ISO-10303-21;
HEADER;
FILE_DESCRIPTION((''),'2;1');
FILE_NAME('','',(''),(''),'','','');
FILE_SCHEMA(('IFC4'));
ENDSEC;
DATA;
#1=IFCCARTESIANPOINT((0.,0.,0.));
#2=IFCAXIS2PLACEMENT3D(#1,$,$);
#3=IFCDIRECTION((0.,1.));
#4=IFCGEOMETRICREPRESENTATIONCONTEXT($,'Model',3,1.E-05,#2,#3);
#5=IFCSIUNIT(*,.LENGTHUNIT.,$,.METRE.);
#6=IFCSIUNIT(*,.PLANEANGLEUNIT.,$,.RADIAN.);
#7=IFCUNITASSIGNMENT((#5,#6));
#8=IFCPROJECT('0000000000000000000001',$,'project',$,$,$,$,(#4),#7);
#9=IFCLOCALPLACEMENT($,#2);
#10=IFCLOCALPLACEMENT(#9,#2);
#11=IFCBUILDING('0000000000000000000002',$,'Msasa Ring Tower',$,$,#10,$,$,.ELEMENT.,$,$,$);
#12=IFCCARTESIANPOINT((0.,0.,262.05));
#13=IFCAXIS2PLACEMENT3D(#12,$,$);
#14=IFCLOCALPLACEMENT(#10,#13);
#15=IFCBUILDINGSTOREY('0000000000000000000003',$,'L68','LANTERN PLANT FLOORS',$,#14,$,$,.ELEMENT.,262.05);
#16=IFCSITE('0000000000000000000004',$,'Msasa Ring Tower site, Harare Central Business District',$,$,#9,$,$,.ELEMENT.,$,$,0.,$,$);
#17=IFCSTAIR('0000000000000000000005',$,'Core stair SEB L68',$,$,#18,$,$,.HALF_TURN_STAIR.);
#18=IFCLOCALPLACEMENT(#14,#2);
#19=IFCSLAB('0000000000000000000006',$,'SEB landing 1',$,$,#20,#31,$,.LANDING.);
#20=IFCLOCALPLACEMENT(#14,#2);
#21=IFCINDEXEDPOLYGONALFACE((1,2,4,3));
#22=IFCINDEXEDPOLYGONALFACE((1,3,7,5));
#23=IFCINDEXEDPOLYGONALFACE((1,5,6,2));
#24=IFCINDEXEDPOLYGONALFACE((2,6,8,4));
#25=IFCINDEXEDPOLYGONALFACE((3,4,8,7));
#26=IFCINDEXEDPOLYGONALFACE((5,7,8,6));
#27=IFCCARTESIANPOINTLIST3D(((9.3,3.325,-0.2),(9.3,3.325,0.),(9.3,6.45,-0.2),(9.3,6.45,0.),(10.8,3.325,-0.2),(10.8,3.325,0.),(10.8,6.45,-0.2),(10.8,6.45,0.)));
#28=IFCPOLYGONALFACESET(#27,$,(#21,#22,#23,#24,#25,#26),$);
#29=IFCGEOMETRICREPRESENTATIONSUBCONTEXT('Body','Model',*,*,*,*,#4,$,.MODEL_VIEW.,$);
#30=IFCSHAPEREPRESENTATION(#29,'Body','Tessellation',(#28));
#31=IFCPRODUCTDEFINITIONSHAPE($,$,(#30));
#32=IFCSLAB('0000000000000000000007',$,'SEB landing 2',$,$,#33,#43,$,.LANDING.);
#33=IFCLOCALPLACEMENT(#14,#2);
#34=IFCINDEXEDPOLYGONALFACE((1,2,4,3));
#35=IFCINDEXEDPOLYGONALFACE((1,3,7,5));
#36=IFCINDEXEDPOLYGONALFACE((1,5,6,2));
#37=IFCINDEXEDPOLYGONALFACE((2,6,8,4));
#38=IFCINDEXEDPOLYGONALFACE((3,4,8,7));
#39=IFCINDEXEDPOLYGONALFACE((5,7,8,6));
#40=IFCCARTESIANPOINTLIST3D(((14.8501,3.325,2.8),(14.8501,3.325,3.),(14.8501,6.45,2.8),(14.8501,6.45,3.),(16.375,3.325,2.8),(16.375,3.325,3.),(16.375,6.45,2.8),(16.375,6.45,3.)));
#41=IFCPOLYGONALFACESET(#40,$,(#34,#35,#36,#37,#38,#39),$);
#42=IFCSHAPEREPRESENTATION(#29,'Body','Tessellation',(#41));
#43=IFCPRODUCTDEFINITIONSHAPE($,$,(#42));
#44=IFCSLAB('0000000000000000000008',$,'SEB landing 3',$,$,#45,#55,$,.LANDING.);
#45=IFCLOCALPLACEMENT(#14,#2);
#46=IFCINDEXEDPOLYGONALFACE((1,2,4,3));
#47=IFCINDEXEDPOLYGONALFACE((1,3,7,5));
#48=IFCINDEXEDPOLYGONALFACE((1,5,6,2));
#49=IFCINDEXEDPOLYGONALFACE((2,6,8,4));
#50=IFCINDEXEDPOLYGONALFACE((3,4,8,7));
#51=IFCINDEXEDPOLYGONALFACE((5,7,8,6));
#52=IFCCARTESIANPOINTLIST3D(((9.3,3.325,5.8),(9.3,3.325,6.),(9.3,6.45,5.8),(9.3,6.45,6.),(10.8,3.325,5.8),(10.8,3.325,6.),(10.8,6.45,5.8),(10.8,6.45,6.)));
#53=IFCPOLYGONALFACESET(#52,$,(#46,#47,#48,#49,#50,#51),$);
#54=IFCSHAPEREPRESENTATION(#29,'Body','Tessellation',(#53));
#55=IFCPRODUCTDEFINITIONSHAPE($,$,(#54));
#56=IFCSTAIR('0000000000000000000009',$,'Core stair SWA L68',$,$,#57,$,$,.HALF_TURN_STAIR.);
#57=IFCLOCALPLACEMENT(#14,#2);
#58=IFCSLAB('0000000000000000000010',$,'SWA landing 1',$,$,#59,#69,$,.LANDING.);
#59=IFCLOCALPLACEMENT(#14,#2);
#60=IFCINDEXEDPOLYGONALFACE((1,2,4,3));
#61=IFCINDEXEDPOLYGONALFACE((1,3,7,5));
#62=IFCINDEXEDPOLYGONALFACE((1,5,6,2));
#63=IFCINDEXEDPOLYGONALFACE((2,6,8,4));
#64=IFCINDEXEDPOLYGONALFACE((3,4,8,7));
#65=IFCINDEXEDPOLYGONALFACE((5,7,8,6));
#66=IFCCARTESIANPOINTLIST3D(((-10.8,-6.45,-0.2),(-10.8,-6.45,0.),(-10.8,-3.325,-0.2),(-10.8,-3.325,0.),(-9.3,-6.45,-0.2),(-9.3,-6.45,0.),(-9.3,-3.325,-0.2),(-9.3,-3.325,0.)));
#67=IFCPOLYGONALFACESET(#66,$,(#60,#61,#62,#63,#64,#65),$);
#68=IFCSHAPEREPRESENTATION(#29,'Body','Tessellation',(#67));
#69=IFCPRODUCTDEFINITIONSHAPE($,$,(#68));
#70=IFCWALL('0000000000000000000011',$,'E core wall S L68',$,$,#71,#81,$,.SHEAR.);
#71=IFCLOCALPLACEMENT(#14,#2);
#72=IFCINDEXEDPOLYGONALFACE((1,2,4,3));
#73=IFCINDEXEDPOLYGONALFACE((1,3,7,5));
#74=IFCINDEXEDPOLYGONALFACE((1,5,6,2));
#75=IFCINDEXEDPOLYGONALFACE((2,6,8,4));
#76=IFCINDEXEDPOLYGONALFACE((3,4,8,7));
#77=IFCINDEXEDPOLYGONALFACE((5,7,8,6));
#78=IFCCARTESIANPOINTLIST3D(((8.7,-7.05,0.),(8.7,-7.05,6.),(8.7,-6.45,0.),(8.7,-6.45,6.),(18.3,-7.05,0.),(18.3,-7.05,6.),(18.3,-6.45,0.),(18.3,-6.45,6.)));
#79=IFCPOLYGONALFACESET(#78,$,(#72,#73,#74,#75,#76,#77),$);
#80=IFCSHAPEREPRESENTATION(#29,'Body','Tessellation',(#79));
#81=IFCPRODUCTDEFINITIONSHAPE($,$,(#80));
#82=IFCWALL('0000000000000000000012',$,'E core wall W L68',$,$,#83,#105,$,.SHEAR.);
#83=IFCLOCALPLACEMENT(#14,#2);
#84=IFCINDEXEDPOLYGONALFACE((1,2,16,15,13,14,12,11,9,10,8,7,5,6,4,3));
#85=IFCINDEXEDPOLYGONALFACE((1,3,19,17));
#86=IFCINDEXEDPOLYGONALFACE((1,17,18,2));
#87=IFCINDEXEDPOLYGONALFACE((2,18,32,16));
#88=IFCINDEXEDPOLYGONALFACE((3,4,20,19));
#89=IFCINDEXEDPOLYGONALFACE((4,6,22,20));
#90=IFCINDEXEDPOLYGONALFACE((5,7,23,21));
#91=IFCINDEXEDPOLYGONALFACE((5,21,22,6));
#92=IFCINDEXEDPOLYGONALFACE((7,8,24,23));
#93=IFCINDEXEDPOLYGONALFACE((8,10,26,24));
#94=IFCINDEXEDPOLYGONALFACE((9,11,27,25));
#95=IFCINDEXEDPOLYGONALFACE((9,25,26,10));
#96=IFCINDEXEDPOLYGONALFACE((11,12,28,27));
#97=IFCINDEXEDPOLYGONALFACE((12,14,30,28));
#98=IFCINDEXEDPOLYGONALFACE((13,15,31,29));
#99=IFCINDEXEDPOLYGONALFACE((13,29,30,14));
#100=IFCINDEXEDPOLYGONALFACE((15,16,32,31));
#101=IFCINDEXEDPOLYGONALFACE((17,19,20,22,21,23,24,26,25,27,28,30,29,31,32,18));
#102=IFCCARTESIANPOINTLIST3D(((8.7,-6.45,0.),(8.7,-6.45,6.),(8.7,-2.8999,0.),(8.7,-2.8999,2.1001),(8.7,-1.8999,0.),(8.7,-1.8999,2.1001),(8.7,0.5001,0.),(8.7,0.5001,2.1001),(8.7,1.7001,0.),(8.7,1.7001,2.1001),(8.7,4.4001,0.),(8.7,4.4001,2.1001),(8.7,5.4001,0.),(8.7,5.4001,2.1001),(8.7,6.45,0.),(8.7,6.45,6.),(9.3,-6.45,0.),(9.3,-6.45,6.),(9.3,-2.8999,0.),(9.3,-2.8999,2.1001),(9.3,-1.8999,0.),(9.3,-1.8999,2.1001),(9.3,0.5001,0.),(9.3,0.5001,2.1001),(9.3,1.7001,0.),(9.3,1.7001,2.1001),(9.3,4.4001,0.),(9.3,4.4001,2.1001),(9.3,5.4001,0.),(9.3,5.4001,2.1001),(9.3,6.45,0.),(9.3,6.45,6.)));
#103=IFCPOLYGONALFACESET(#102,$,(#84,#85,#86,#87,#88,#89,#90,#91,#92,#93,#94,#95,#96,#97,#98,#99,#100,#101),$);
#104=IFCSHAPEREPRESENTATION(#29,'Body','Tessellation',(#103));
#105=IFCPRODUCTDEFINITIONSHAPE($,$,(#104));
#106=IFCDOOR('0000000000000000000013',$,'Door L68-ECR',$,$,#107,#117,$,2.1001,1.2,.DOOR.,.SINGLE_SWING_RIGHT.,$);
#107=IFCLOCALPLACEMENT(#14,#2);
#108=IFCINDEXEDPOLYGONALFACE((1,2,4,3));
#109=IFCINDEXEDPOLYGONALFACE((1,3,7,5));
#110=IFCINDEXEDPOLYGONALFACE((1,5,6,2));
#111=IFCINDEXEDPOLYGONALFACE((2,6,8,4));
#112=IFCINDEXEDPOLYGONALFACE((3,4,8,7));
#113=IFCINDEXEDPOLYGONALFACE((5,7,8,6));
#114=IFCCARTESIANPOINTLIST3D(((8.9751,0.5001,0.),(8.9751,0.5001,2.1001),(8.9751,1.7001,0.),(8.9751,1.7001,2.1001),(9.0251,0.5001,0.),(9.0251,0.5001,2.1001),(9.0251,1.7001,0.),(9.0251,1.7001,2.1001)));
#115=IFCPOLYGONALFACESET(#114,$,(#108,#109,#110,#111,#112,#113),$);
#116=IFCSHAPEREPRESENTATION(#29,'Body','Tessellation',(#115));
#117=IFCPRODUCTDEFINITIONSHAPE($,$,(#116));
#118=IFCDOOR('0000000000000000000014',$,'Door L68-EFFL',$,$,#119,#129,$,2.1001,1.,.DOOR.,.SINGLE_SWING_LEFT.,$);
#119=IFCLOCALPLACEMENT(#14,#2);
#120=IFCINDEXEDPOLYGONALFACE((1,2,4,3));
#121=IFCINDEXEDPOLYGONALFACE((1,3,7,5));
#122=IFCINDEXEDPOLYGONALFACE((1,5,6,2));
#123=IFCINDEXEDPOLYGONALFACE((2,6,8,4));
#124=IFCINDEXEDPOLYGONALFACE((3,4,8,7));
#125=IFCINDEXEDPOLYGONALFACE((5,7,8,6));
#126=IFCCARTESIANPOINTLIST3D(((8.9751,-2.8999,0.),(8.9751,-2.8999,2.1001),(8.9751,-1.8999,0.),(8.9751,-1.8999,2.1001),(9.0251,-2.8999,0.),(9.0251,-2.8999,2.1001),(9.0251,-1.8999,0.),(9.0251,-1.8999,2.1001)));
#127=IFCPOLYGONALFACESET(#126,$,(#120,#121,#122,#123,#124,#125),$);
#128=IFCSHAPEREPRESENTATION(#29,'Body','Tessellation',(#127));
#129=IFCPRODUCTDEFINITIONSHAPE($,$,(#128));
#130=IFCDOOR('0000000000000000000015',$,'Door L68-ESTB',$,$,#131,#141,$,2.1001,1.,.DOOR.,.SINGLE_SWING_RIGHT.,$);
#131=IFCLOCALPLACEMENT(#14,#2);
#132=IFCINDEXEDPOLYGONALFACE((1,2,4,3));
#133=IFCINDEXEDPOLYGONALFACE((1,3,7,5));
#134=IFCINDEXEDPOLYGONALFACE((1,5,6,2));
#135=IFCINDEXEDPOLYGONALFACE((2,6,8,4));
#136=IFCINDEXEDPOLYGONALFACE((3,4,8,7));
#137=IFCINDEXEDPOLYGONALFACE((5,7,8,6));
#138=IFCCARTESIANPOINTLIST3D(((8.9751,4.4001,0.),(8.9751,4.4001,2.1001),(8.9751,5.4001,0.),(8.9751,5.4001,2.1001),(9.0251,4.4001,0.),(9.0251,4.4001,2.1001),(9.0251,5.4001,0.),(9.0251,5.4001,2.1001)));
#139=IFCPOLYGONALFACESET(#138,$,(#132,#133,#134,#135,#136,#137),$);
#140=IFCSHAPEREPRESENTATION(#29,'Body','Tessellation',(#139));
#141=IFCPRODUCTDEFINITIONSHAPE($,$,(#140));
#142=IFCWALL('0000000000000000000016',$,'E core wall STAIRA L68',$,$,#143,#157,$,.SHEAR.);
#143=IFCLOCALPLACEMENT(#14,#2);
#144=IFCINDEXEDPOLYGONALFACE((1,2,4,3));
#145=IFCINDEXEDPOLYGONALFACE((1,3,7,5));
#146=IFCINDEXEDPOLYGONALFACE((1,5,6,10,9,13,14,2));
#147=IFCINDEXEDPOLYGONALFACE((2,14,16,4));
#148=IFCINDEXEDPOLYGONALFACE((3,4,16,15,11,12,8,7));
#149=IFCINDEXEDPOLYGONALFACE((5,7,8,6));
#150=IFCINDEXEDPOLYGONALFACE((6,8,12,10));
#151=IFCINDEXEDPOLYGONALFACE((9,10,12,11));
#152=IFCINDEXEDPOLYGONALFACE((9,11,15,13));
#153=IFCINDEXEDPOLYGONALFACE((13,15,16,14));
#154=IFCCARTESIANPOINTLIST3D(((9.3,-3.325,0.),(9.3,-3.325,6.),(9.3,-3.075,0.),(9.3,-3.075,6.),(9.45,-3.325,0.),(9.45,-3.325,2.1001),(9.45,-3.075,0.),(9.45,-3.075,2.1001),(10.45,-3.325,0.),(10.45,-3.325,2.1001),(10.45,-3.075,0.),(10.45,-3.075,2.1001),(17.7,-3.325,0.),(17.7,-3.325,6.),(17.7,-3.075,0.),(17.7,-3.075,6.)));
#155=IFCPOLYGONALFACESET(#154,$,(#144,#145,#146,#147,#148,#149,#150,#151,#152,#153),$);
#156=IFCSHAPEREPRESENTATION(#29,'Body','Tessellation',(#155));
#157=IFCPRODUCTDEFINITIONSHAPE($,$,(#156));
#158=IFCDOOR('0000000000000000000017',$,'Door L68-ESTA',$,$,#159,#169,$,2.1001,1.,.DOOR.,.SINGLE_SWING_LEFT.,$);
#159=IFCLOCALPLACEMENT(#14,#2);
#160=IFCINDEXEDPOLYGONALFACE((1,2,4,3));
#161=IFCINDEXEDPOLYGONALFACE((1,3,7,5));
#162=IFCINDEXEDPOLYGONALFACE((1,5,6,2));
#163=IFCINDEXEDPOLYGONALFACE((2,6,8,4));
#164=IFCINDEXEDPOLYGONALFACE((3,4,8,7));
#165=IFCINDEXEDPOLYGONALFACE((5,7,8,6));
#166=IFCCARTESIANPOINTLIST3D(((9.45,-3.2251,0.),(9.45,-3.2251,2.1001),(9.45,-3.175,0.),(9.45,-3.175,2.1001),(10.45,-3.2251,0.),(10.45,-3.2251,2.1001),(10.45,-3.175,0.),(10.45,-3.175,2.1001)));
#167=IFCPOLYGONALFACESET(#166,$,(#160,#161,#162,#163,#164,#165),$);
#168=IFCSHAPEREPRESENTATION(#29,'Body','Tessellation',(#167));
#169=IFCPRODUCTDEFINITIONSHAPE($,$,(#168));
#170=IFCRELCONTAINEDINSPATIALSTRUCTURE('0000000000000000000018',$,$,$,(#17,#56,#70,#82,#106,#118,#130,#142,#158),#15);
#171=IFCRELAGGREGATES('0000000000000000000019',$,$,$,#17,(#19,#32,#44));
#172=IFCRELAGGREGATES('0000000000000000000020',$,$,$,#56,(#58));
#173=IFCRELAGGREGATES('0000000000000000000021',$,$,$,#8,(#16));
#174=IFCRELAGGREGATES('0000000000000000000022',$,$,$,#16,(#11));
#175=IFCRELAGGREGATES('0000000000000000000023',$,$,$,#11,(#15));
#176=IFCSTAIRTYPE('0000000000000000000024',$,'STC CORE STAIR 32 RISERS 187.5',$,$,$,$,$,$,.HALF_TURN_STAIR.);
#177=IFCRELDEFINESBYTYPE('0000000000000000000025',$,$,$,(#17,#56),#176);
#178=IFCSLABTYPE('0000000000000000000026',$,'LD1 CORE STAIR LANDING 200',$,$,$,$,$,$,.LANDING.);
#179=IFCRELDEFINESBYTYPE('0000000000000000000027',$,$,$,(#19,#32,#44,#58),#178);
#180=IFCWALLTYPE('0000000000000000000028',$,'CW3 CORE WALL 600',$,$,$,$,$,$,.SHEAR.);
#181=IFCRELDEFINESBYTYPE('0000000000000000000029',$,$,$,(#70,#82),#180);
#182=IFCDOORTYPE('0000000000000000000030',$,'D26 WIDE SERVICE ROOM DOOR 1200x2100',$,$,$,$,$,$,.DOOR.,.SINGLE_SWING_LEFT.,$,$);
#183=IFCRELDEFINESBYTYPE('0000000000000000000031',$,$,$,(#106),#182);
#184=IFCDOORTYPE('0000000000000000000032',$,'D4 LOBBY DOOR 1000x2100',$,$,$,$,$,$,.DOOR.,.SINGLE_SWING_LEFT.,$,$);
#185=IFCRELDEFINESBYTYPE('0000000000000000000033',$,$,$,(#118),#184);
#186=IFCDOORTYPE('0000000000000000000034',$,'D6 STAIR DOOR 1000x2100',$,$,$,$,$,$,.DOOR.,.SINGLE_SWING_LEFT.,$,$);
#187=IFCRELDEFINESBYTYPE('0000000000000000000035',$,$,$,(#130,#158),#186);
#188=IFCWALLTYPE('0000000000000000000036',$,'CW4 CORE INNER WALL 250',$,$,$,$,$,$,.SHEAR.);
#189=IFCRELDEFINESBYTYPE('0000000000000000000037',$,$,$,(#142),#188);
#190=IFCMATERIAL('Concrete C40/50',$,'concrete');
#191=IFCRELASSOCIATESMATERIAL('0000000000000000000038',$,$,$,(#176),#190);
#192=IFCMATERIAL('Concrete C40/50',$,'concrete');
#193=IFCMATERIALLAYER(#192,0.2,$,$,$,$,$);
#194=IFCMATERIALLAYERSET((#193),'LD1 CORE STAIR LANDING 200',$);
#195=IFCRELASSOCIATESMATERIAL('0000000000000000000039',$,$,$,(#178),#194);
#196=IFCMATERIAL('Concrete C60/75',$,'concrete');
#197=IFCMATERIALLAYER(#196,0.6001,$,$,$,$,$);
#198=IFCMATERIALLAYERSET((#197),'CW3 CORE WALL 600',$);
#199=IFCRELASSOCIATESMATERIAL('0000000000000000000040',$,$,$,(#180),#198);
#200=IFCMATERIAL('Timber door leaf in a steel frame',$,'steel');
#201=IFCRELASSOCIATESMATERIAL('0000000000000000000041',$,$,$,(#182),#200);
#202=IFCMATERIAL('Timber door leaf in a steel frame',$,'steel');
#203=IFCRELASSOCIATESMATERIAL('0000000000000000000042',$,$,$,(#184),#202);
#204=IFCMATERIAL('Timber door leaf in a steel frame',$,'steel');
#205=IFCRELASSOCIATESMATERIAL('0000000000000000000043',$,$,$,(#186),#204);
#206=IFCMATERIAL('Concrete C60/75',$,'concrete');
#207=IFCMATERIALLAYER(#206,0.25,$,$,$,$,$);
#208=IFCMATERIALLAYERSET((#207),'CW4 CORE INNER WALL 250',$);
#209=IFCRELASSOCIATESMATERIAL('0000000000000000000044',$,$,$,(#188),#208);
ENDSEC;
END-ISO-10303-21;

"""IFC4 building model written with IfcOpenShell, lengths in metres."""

from ifc_helpers import new_model, si_unit, direction, frame, frame_2d, origin, place, context, subcontext, project, spatial, polyline, rectangle, outline, extrude, material, layer, layer_set, type_object, element, fill, aggregate, save


model = new_model("IFC4")

# Units and contexts
model_context = context("Model", 3, precision=1e-05, world=origin(), true_north=direction((0.0, 1.0)))
body_context = subcontext(model_context, "Body", "Model", "MODEL_VIEW")
ifc_project = project(units=[si_unit("LENGTHUNIT", "METRE"), si_unit("PLANEANGLEUNIT", "RADIAN")], contexts=[model_context])

# Site, building, storey
site_placement = place(None, origin())
site = spatial("IfcSite", under=ifc_project, at=site_placement, Name="Msasa Ring Tower site, Harare Central Business District", CompositionType="ELEMENT", RefElevation=0.0)
building_placement = place(site_placement, origin())
building = spatial("IfcBuilding", under=site, at=building_placement, Name="Msasa Ring Tower", CompositionType="ELEMENT")
storey_placement = place(building_placement, frame((0.0, 0.0, 262.05)))
storey = spatial("IfcBuildingStorey", under=building, at=storey_placement, Name="L68", Description="LANTERN PLANT FLOORS", CompositionType="ELEMENT", Elevation=262.05)

# Shared definitions
ifc_material_1 = material(Name="Concrete C40/50", Category="concrete")
stair_type = type_object("IfcStairType", Name="STC CORE STAIR 32 RISERS 187.5", PredefinedType="HALF_TURN_STAIR", material=ifc_material_1)
ifc_material_2 = material(Name="Concrete C40/50", Category="concrete")
ifc_layer_1 = layer(ifc_material_2, 0.2)
ifc_layer_set_1 = layer_set([ifc_layer_1], Name="LD1 CORE STAIR LANDING 200")
slab_type = type_object("IfcSlabType", Name="LD1 CORE STAIR LANDING 200", PredefinedType="LANDING", material=ifc_layer_set_1)

# Stair, slabs
stair_1_placement = place(storey_placement, origin())
stair_1 = element("IfcStair", 1, at=stair_1_placement, inside=storey, type_object=stair_type, Name="Core stair SEB L68", PredefinedType="HALF_TURN_STAIR")
slab_1_placement = place(storey_placement, frame((0.0, 0.0, -0.2)))
slab_1 = element("IfcSlab", 2, at=slab_1_placement, type_object=slab_type, Name="SEB landing 1", PredefinedType="LANDING", context=body_context, shape_type="SweptSolid", body=[
    extrude(outline(polyline([(9.3, 3.325), (10.8, 3.325), (10.8, 6.45), (9.3, 6.45), (9.3, 3.325)])), origin(), (0.0, 0.0, 1.0), 0.2),
])
slab_2_placement = place(storey_placement, frame((0.0, 0.0, 2.8)))
slab_2 = element("IfcSlab", 3, at=slab_2_placement, type_object=slab_type, Name="SEB landing 2", PredefinedType="LANDING", context=body_context, shape_type="SweptSolid", body=[
    extrude(outline(polyline([(14.8501, 3.325), (16.375, 3.325), (16.375, 6.45), (14.8501, 6.45), (14.8501, 3.325)])), origin(), (0.0, 0.0, 1.0), 0.2),
])
slab_3_placement = place(storey_placement, frame((0.0, 0.0, 5.8)))
slab_3 = element("IfcSlab", 4, at=slab_3_placement, type_object=slab_type, Name="SEB landing 3", PredefinedType="LANDING", context=body_context, shape_type="SweptSolid", body=[
    extrude(outline(polyline([(9.3, 3.325), (10.8, 3.325), (10.8, 6.45), (9.3, 6.45), (9.3, 3.325)])), origin(), (0.0, 0.0, 1.0), 0.2),
])
aggregate(stair_1, [slab_1, slab_2, slab_3])

# Stair, slab
stair_2_placement = place(storey_placement, origin())
stair_2 = element("IfcStair", 5, at=stair_2_placement, inside=storey, type_object=stair_type, Name="Core stair SWA L68", PredefinedType="HALF_TURN_STAIR")
slab_4_placement = place(storey_placement, frame((0.0, 0.0, -0.2)))
slab_4 = element("IfcSlab", 6, at=slab_4_placement, type_object=slab_type, Name="SWA landing 1", PredefinedType="LANDING", context=body_context, shape_type="SweptSolid", body=[
    extrude(outline(polyline([(-10.8, -6.45), (-9.3, -6.45), (-9.3, -3.325), (-10.8, -3.325), (-10.8, -6.45)])), origin(), (0.0, 0.0, 1.0), 0.2),
])
aggregate(stair_2, [slab_4])

# Wall
ifc_material_3 = material(Name="Concrete C60/75", Category="concrete")
ifc_layer_2 = layer(ifc_material_3, 0.6001)
ifc_layer_set_2 = layer_set([ifc_layer_2], Name="CW3 CORE WALL 600")
wall_type_1 = type_object("IfcWallType", Name="CW3 CORE WALL 600", PredefinedType="SHEAR", material=ifc_layer_set_2)
wall_1_placement = place(storey_placement, frame((8.7, -6.75, 0.0), z_axis=(0.0, 0.0, 1.0), x_axis=(1.0, 0.0, 0.0)))
element("IfcWall", 7, at=wall_1_placement, inside=storey, type_object=wall_type_1, Name="E core wall S L68", PredefinedType="SHEAR", context=body_context, shape_type="SweptSolid", body=[
    extrude(rectangle(XDim=9.6001, YDim=0.6001, at=frame_2d((4.8, 0.0))), origin(), (0.0, 0.0, 1.0), 6.0),
])

# Wall, openings, doors
wall_2_placement = place(storey_placement, frame((9.0, -6.45, 0.0), z_axis=(0.0, 0.0, 1.0), x_axis=(0.0, 1.0, 0.0)))
wall_2 = element("IfcWall", 8, at=wall_2_placement, inside=storey, type_object=wall_type_1, Name="E core wall W L68", PredefinedType="SHEAR", context=body_context, shape_type="SweptSolid", body=[
    extrude(rectangle(XDim=12.8999, YDim=0.6001, at=frame_2d((6.45, 0.0))), origin(), (0.0, 0.0, 1.0), 6.0),
])
opening_1_placement = place(wall_2_placement, frame((3.55, 0.0, 0.0)))
opening_1 = element("IfcOpeningElement", 9, at=opening_1_placement, cuts=wall_2, PredefinedType="OPENING", context=body_context, shape_type="SweptSolid", body=[
    extrude(rectangle(XDim=1.0, YDim=2.1001, at=frame_2d((0.5, 1.05))), frame((0.0, 0.3101, 0.0), z_axis=(0.0, -1.0, 0.0), x_axis=(1.0, 0.0, 0.0)), (0.0, 0.0, 1.0), 0.6201),
])
opening_2_placement = place(wall_2_placement, frame((6.95, 0.0, 0.0)))
opening_2 = element("IfcOpeningElement", 10, at=opening_2_placement, cuts=wall_2, PredefinedType="OPENING", context=body_context, shape_type="SweptSolid", body=[
    extrude(rectangle(XDim=1.2, YDim=2.1001, at=frame_2d((0.6001, 1.05))), frame((0.0, 0.3101, 0.0), z_axis=(0.0, -1.0, 0.0), x_axis=(1.0, 0.0, 0.0)), (0.0, 0.0, 1.0), 0.6201),
])
opening_3_placement = place(wall_2_placement, frame((10.8501, 0.0, 0.0)))
opening_3 = element("IfcOpeningElement", 11, at=opening_3_placement, cuts=wall_2, PredefinedType="OPENING", context=body_context, shape_type="SweptSolid", body=[
    extrude(rectangle(XDim=1.0, YDim=2.1001, at=frame_2d((0.5, 1.05))), frame((0.0, 0.3101, 0.0), z_axis=(0.0, -1.0, 0.0), x_axis=(1.0, 0.0, 0.0)), (0.0, 0.0, 1.0), 0.6201),
])
ifc_material_4 = material(Name="Timber door leaf in a steel frame", Category="steel")
door_type_1 = type_object("IfcDoorType", Name="D26 WIDE SERVICE ROOM DOOR 1200x2100", OperationType="SINGLE_SWING_LEFT", PredefinedType="DOOR", material=ifc_material_4)
door_1_placement = place(opening_2_placement, origin())
door_1 = element("IfcDoor", 12, at=door_1_placement, inside=storey, type_object=door_type_1, Name="Door L68-ECR", OperationType="SINGLE_SWING_RIGHT", OverallHeight=2.1001, OverallWidth=1.2, PredefinedType="DOOR", context=body_context, shape_type="SweptSolid", body=[
    extrude(rectangle(XDim=1.2, YDim=2.1001, at=frame_2d((0.6001, 1.05))), frame((0.0, 0.0249, 0.0), z_axis=(0.0, -1.0, 0.0), x_axis=(1.0, 0.0, 0.0)), (0.0, 0.0, 1.0), 0.05),
])
fill(opening_2, door_1)
ifc_material_5 = material(Name="Timber door leaf in a steel frame", Category="steel")
door_type_2 = type_object("IfcDoorType", Name="D4 LOBBY DOOR 1000x2100", OperationType="SINGLE_SWING_LEFT", PredefinedType="DOOR", material=ifc_material_5)
door_2_placement = place(opening_1_placement, origin())
door_2 = element("IfcDoor", 13, at=door_2_placement, inside=storey, type_object=door_type_2, Name="Door L68-EFFL", OperationType="SINGLE_SWING_LEFT", OverallHeight=2.1001, OverallWidth=1.0, PredefinedType="DOOR", context=body_context, shape_type="SweptSolid", body=[
    extrude(rectangle(XDim=1.0, YDim=2.1001, at=frame_2d((0.5, 1.05))), frame((0.0, 0.0249, 0.0), z_axis=(0.0, -1.0, 0.0), x_axis=(1.0, 0.0, 0.0)), (0.0, 0.0, 1.0), 0.05),
])
fill(opening_1, door_2)
ifc_material_6 = material(Name="Timber door leaf in a steel frame", Category="steel")
door_type_3 = type_object("IfcDoorType", Name="D6 STAIR DOOR 1000x2100", OperationType="SINGLE_SWING_LEFT", PredefinedType="DOOR", material=ifc_material_6)
door_3_placement = place(opening_3_placement, origin())
door_3 = element("IfcDoor", 14, at=door_3_placement, inside=storey, type_object=door_type_3, Name="Door L68-ESTB", OperationType="SINGLE_SWING_RIGHT", OverallHeight=2.1001, OverallWidth=1.0, PredefinedType="DOOR", context=body_context, shape_type="SweptSolid", body=[
    extrude(rectangle(XDim=1.0, YDim=2.1001, at=frame_2d((0.5, 1.05))), frame((0.0, 0.0249, 0.0), z_axis=(0.0, -1.0, 0.0), x_axis=(1.0, 0.0, 0.0)), (0.0, 0.0, 1.0), 0.05),
])
fill(opening_3, door_3)

# Wall, opening, door
ifc_material_7 = material(Name="Concrete C60/75", Category="concrete")
ifc_layer_3 = layer(ifc_material_7, 0.25)
ifc_layer_set_3 = layer_set([ifc_layer_3], Name="CW4 CORE INNER WALL 250")
wall_type_2 = type_object("IfcWallType", Name="CW4 CORE INNER WALL 250", PredefinedType="SHEAR", material=ifc_layer_set_3)
wall_3_placement = place(storey_placement, frame((9.3, -3.2, 0.0), z_axis=(0.0, 0.0, 1.0), x_axis=(1.0, 0.0, 0.0)))
wall_3 = element("IfcWall", 15, at=wall_3_placement, inside=storey, type_object=wall_type_2, Name="E core wall STAIRA L68", PredefinedType="SHEAR", context=body_context, shape_type="SweptSolid", body=[
    extrude(rectangle(XDim=8.3999, YDim=0.25, at=frame_2d((4.2, 0.0))), origin(), (0.0, 0.0, 1.0), 6.0),
])
opening_4_placement = place(wall_3_placement, frame((0.1499, 0.0, 0.0)))
opening_4 = element("IfcOpeningElement", 16, at=opening_4_placement, cuts=wall_3, PredefinedType="OPENING", context=body_context, shape_type="SweptSolid", body=[
    extrude(rectangle(XDim=1.0, YDim=2.1001, at=frame_2d((0.5, 1.05))), frame((0.0, 0.135, 0.0), z_axis=(0.0, -1.0, 0.0), x_axis=(1.0, 0.0, 0.0)), (0.0, 0.0, 1.0), 0.27),
])
door_4_placement = place(opening_4_placement, origin())
door_4 = element("IfcDoor", 17, at=door_4_placement, inside=storey, type_object=door_type_3, Name="Door L68-ESTA", OperationType="SINGLE_SWING_LEFT", OverallHeight=2.1001, OverallWidth=1.0, PredefinedType="DOOR", context=body_context, shape_type="SweptSolid", body=[
    extrude(rectangle(XDim=1.0, YDim=2.1001, at=frame_2d((0.5, 1.05))), frame((0.0, 0.0249, 0.0), z_axis=(0.0, -1.0, 0.0), x_axis=(1.0, 0.0, 0.0)), (0.0, 0.0, 1.0), 0.05),
])
fill(opening_4, door_4)

save(model, "model.ifc")
